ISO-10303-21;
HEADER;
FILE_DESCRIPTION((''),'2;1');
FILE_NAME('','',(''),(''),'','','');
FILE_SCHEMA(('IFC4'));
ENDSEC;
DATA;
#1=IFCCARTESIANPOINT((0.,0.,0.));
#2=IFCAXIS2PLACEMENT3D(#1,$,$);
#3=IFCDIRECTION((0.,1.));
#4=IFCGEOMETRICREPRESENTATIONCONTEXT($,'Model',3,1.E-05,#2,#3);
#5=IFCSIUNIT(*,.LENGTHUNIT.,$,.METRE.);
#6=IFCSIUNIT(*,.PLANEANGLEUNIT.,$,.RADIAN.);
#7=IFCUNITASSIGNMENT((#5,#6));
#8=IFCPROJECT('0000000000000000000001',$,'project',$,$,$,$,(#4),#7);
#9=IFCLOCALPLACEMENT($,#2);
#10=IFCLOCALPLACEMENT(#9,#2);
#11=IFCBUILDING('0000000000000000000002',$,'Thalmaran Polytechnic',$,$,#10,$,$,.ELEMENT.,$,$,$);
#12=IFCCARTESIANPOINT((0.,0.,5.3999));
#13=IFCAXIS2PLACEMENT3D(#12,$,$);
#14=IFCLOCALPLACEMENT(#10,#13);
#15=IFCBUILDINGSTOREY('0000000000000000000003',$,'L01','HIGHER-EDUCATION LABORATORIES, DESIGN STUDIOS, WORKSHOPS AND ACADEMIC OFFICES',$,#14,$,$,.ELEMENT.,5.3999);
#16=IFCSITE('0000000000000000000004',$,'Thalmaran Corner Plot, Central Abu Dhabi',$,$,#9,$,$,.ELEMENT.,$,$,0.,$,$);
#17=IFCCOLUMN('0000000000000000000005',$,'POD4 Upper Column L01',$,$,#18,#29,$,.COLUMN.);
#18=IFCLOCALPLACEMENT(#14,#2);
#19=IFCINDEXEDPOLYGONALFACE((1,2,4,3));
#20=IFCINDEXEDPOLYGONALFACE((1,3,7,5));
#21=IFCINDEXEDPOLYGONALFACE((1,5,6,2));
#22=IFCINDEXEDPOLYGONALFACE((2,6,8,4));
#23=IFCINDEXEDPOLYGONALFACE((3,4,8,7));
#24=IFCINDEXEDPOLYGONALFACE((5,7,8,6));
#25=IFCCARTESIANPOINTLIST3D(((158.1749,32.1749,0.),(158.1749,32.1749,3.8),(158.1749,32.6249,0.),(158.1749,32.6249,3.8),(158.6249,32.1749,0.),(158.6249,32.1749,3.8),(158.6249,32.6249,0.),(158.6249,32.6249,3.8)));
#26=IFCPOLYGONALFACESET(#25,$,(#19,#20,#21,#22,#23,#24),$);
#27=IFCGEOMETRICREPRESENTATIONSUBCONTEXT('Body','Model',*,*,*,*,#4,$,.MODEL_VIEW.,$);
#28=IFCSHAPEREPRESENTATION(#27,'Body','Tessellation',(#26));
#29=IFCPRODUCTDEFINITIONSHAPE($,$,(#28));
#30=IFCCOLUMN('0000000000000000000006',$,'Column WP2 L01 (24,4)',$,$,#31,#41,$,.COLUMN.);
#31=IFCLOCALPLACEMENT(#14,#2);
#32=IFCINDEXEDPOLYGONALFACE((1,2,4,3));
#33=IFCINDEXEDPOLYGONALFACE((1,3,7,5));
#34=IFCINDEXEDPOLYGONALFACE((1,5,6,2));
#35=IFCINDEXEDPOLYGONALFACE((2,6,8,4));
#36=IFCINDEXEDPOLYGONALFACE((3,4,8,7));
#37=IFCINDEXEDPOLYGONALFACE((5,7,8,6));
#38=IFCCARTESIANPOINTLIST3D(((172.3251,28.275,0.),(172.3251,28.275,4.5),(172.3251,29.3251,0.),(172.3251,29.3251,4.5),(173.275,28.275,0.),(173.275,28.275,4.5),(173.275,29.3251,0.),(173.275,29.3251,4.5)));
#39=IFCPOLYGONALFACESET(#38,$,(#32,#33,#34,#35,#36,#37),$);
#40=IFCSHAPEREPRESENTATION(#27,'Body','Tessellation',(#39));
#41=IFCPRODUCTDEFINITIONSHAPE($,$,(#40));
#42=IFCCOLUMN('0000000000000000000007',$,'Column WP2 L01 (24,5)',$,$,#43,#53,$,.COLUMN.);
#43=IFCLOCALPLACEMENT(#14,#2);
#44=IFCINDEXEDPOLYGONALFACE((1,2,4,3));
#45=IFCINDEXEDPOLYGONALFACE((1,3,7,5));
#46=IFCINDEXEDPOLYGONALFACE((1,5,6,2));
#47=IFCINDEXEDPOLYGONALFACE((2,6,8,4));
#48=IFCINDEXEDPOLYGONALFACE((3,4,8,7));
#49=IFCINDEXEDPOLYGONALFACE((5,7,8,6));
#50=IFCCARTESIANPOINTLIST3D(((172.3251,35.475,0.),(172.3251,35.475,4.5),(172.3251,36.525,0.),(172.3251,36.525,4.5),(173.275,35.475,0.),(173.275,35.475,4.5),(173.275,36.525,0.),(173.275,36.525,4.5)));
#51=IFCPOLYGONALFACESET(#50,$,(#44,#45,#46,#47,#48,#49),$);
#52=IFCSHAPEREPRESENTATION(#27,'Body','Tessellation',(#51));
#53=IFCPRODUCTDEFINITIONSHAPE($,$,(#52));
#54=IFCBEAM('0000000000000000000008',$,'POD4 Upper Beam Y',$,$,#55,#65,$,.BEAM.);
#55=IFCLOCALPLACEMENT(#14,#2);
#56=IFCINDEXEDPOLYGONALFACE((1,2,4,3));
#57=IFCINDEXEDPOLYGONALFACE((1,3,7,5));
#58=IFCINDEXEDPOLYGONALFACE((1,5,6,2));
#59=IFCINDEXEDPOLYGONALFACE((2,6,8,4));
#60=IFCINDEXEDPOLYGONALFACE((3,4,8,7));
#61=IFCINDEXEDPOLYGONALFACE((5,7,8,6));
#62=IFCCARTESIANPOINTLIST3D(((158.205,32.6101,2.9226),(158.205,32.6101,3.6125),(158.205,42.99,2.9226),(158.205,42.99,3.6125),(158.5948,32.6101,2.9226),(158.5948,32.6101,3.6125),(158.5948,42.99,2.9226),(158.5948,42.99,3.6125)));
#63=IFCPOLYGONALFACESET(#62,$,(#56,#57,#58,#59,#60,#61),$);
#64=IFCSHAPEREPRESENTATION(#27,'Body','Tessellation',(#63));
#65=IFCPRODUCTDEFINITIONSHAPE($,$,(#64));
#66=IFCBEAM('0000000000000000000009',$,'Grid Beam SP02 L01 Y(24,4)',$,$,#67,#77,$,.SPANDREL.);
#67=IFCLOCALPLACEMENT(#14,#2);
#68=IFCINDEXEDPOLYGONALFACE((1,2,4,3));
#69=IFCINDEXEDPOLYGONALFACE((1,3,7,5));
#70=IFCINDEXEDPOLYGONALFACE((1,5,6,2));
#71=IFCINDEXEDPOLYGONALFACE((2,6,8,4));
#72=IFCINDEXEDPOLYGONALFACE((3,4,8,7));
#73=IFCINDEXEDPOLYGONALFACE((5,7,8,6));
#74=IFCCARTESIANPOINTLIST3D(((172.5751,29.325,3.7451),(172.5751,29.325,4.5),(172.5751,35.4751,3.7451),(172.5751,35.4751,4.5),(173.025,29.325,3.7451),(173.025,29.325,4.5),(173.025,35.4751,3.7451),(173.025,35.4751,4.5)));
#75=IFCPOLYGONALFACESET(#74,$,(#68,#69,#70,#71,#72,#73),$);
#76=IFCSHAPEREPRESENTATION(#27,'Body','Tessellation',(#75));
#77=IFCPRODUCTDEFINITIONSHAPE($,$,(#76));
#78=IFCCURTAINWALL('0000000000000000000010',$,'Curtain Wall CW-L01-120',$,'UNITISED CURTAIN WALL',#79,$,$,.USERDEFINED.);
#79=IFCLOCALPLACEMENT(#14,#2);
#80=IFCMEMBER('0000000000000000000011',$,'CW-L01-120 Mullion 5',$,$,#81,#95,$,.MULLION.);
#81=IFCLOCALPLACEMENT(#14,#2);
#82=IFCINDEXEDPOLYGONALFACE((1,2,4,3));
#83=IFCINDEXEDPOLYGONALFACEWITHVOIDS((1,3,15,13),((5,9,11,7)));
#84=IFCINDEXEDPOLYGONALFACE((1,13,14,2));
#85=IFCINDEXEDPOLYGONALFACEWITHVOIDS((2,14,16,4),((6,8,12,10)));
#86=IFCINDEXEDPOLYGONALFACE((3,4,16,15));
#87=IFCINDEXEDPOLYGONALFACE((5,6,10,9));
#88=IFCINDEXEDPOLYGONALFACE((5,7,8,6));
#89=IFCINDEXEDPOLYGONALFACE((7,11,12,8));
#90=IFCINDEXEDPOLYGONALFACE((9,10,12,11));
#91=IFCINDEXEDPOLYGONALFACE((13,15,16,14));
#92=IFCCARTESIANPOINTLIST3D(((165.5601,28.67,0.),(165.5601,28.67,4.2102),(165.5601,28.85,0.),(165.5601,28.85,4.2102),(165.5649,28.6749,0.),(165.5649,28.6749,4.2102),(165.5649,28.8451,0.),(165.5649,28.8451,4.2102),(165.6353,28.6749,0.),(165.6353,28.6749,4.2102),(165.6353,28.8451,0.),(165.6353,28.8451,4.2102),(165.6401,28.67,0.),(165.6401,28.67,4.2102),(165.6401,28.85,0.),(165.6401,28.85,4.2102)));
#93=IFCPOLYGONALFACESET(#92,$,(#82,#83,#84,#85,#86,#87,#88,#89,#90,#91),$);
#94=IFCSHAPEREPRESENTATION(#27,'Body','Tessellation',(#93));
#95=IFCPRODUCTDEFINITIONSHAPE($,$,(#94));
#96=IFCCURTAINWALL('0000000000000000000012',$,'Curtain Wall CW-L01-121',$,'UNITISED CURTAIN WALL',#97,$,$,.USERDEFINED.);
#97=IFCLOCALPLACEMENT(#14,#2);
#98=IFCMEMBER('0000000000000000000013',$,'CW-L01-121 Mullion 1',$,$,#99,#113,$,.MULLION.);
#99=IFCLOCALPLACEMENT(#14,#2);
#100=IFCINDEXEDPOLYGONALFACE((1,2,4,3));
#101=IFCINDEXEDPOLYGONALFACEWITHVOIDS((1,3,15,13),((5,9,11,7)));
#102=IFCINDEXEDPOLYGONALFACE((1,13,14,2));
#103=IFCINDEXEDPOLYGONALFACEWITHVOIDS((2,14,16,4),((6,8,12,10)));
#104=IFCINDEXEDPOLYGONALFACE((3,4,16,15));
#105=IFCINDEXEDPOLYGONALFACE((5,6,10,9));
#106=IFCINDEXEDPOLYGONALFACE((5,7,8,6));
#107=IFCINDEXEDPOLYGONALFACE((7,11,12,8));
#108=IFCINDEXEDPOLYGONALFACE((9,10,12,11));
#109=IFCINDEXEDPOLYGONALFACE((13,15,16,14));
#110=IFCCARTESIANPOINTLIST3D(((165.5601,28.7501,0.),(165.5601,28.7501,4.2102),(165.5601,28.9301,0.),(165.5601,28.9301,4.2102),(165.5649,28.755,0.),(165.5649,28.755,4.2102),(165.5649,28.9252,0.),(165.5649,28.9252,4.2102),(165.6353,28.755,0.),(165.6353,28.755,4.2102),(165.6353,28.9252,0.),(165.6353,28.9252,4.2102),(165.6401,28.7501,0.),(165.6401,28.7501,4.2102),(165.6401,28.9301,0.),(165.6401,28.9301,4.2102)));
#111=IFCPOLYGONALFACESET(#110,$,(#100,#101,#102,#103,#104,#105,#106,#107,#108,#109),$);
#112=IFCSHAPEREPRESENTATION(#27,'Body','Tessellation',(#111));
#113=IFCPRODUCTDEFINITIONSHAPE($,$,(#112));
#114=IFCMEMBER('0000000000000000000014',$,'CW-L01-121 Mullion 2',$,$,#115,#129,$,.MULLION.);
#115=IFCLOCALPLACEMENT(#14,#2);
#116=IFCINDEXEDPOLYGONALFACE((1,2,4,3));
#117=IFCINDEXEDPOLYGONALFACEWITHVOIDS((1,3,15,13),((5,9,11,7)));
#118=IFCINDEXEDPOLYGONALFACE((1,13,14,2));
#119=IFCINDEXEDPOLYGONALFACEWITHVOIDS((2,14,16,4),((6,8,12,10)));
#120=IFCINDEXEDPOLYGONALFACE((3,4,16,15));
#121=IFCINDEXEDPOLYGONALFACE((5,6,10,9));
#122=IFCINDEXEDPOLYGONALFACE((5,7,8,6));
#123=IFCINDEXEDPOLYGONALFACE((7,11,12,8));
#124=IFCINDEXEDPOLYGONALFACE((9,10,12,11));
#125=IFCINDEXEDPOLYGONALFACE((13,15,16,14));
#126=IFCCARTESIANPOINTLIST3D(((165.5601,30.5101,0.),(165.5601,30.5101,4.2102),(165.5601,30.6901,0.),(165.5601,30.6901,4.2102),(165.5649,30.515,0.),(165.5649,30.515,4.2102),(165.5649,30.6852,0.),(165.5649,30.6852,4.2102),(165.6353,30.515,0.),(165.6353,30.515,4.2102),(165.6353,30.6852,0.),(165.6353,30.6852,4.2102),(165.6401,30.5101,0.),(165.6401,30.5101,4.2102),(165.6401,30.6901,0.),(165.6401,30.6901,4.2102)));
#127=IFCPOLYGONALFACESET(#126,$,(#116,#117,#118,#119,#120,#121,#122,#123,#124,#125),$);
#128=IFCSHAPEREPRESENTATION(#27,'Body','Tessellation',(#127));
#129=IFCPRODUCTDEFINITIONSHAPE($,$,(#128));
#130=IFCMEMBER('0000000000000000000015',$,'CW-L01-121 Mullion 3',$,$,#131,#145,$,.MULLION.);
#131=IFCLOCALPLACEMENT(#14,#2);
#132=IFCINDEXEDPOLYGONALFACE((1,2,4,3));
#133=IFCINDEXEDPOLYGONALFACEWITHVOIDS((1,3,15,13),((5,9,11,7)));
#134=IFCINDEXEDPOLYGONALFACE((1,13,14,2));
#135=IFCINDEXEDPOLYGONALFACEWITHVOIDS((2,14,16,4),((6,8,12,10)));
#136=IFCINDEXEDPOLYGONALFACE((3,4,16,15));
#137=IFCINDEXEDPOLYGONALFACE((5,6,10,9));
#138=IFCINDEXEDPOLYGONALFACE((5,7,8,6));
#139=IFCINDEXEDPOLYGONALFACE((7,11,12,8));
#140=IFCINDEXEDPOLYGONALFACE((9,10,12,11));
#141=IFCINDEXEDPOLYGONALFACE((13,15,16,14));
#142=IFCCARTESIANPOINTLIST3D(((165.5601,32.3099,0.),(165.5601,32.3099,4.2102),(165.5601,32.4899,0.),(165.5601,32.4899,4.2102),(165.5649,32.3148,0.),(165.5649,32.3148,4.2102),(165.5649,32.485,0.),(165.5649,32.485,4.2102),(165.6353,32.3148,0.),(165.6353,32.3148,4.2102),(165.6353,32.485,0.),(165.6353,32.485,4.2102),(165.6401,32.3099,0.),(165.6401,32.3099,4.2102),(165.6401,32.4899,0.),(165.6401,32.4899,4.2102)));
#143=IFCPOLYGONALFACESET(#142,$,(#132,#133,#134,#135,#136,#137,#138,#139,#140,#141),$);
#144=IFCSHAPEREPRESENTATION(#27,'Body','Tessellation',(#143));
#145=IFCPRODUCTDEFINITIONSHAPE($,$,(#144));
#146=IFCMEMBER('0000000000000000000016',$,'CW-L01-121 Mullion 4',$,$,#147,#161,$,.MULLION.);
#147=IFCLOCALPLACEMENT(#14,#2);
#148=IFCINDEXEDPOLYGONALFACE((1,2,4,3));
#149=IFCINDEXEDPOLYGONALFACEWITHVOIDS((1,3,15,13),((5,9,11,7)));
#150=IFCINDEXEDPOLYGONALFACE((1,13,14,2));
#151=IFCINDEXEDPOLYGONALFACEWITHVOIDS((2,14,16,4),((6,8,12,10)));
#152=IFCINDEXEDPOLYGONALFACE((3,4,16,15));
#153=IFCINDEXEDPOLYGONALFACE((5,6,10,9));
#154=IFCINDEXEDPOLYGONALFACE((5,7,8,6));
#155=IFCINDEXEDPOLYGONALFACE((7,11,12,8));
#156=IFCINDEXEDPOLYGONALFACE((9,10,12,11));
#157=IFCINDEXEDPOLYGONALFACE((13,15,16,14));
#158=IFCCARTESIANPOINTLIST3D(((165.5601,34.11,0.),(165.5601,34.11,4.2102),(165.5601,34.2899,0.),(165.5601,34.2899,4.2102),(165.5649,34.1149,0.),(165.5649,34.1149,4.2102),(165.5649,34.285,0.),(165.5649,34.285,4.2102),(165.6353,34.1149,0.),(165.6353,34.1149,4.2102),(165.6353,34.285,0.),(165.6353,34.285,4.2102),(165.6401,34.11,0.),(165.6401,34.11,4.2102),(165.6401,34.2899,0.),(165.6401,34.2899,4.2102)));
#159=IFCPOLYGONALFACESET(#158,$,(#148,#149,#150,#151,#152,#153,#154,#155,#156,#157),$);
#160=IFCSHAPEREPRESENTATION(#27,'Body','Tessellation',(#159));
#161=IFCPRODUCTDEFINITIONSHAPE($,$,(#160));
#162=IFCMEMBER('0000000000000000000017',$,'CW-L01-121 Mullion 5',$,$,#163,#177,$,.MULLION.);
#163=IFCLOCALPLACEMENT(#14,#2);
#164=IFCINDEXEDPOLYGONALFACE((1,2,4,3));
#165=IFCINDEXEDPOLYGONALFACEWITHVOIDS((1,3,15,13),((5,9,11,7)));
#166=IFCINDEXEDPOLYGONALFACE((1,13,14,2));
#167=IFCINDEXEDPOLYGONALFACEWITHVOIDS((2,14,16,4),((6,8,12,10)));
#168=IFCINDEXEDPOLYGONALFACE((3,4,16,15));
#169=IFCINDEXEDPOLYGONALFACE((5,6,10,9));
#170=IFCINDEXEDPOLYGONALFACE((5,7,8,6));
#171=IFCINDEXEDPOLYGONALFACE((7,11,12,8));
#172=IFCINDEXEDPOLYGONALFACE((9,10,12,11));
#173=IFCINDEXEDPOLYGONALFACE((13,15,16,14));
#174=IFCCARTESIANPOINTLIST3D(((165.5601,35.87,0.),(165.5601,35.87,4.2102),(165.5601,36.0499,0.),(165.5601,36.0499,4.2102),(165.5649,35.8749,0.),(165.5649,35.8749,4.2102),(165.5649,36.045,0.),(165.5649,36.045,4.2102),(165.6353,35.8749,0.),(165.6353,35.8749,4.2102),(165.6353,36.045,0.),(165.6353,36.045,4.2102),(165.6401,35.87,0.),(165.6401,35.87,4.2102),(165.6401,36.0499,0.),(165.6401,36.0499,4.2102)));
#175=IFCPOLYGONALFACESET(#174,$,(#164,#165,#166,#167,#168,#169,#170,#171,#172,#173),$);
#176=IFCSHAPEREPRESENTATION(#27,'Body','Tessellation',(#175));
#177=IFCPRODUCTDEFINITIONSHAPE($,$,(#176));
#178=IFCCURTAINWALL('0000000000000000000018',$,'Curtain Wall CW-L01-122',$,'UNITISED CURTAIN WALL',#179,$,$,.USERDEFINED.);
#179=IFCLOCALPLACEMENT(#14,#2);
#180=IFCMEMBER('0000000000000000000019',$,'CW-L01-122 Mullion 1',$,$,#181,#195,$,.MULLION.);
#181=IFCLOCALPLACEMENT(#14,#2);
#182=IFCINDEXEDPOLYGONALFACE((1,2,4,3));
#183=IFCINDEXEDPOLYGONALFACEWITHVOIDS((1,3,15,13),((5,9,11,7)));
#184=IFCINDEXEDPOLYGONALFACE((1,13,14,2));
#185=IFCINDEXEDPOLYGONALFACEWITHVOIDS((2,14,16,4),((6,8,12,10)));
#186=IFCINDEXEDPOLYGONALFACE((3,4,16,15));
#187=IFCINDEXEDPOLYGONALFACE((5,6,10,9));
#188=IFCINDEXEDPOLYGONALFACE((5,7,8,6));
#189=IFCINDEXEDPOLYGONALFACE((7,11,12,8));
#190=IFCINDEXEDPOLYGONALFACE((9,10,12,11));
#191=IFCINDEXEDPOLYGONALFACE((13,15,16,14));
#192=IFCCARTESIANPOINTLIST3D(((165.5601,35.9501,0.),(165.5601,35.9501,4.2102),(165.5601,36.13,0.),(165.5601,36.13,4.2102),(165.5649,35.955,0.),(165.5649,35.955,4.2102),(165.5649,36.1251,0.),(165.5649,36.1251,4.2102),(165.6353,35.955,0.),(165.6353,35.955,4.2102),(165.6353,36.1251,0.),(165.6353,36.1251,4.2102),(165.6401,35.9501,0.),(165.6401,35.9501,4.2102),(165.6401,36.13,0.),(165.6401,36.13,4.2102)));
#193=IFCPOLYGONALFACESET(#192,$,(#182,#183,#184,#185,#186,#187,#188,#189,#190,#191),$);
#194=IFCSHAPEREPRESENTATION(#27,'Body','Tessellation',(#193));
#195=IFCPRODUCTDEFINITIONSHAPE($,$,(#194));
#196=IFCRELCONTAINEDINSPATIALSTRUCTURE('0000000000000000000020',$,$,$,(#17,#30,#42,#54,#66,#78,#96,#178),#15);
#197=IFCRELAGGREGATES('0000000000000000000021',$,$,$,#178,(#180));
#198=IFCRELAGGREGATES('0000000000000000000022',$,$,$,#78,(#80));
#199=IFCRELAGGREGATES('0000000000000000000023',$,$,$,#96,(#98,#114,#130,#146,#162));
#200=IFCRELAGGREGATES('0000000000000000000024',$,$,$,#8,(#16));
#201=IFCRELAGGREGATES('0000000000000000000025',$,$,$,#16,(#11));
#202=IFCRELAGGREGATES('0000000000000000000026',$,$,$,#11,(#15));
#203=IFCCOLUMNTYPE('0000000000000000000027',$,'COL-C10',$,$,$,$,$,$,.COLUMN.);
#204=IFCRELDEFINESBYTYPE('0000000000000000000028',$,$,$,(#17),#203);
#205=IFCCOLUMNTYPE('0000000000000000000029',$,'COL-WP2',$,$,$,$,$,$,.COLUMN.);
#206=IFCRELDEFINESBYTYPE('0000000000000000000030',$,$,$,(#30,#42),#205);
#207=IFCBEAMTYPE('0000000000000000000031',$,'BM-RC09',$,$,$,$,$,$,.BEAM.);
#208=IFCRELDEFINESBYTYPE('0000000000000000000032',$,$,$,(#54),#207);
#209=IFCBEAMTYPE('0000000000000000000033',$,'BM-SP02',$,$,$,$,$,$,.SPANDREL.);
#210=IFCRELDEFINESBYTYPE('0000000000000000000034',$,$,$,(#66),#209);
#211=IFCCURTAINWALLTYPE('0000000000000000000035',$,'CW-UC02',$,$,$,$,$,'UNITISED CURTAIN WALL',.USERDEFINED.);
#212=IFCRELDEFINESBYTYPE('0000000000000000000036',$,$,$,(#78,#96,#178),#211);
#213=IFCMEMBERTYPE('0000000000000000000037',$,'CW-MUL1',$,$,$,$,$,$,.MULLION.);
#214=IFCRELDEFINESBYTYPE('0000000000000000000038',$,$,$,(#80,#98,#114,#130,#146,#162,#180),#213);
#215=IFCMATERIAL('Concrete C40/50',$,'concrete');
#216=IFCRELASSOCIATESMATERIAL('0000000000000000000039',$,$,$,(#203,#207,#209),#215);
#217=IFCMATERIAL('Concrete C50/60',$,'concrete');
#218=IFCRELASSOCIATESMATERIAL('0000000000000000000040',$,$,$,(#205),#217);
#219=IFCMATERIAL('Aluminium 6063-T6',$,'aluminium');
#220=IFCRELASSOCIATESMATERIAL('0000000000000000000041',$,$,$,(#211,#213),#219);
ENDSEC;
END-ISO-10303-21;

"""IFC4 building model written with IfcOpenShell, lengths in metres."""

from ifc_helpers import new_model, si_unit, direction, frame, origin, origin_2d, place, context, subcontext, project, spatial, rectangle, hollow_rectangle, extrude, material, material_profile, profile_set, type_object, element, aggregate, save


model = new_model("IFC4")

# Units and contexts
model_context = context("Model", 3, precision=1e-05, world=origin(), true_north=direction((0.0, 1.0)))
body_context = subcontext(model_context, "Body", "Model", "MODEL_VIEW")
ifc_project = project(units=[si_unit("LENGTHUNIT", "METRE"), si_unit("PLANEANGLEUNIT", "RADIAN")], contexts=[model_context])

# Site, building, storey
site_placement = place(None, origin())
site = spatial("IfcSite", under=ifc_project, at=site_placement, Name="Thalmaran Corner Plot, Central Abu Dhabi", CompositionType="ELEMENT", RefElevation=0.0)
building_placement = place(site_placement, origin())
building = spatial("IfcBuilding", under=site, at=building_placement, Name="Thalmaran Polytechnic", CompositionType="ELEMENT")
storey_placement = place(building_placement, frame((0.0, 0.0, 5.3999)))
storey = spatial("IfcBuildingStorey", under=building, at=storey_placement, Name="L01", Description="HIGHER-EDUCATION LABORATORIES, DESIGN STUDIOS, WORKSHOPS AND ACADEMIC OFFICES", CompositionType="ELEMENT", Elevation=5.3999)

# Columns
ifc_material_1 = material(Name="Concrete C40/50", Category="concrete")
ifc_material_profile_1 = material_profile(ifc_material_1, rectangle(XDim=0.45, YDim=0.45, at=origin_2d()), Name="RC 450x450")
ifc_profile_set_1 = profile_set([ifc_material_profile_1], Name="Concrete C40/50")
column_type_1 = type_object("IfcColumnType", Name="COL-C10", PredefinedType="COLUMN", material=ifc_profile_set_1)
column_placement = place(storey_placement, frame((158.3999, 32.3999, 0.0), z_axis=(0.0, 0.0, 1.0), x_axis=(1.0, 0.0, 0.0)))
element("IfcColumn", 1, at=column_placement, inside=storey, type_object=column_type_1, Name="POD4 Upper Column L01", PredefinedType="COLUMN", context=body_context, shape_type="SweptSolid", body=[
    extrude(rectangle(XDim=0.45, YDim=0.45, at=origin_2d()), origin(), (0.0, 0.0, 1.0), 3.8),
])
ifc_material_2 = material(Name="Concrete C50/60", Category="concrete")
ifc_material_profile_2 = material_profile(ifc_material_2, rectangle(XDim=0.95, YDim=1.05, at=origin_2d()), Name="RC 950x1050")
ifc_profile_set_2 = profile_set([ifc_material_profile_2], Name="Concrete C50/60")
column_type_2 = type_object("IfcColumnType", Name="COL-WP2", PredefinedType="COLUMN", material=ifc_profile_set_2)
for number, where, z_axis, x_axis, name in (
    (2, (172.8, 28.8, 0.0), (0.0, 0.0, 1.0), (1.0, 0.0, 0.0), "Column WP2 L01 (24,4)"),
    (3, (172.8, 36.0, 0.0), (0.0, 0.0, 1.0), (1.0, 0.0, 0.0), "Column WP2 L01 (24,5)"),
):
    element("IfcColumn", number, at=place(storey_placement, frame(where, z_axis=z_axis, x_axis=x_axis)), inside=storey, type_object=column_type_2, Name=name, PredefinedType="COLUMN", context=body_context, shape_type="SweptSolid", body=[
        extrude(rectangle(XDim=0.95, YDim=1.05, at=origin_2d()), origin(), (0.0, 0.0, 1.0), 4.5),
    ])

# Beams
ifc_material_profile_3 = material_profile(ifc_material_1, rectangle(XDim=0.3899, YDim=0.6899, at=origin_2d()), Name="RC 390x690")
ifc_profile_set_3 = profile_set([ifc_material_profile_3], Name="Concrete C40/50")
beam_type_1 = type_object("IfcBeamType", Name="BM-RC09", PredefinedType="BEAM", material=ifc_profile_set_3)
beam_1_placement = place(storey_placement, frame((158.3999, 32.6101, 3.2676), z_axis=(0.0, 1.0, 0.0), x_axis=(-1.0, 0.0, 0.0)))
element("IfcBeam", 4, at=beam_1_placement, inside=storey, type_object=beam_type_1, Name="POD4 Upper Beam Y", PredefinedType="BEAM", context=body_context, shape_type="SweptSolid", body=[
    extrude(rectangle(XDim=0.3899, YDim=0.6899, at=origin_2d()), origin(), (0.0, 0.0, 1.0), 10.3799),
])
ifc_material_profile_4 = material_profile(ifc_material_1, rectangle(XDim=0.45, YDim=0.7549, at=origin_2d()), Name="RC 450x755")
ifc_profile_set_4 = profile_set([ifc_material_profile_4], Name="Concrete C40/50")
beam_type_2 = type_object("IfcBeamType", Name="BM-SP02", PredefinedType="SPANDREL", material=ifc_profile_set_4)
beam_2_placement = place(storey_placement, frame((172.8, 29.325, 4.1226), z_axis=(0.0, 1.0, 0.0), x_axis=(-1.0, 0.0, 0.0)))
element("IfcBeam", 5, at=beam_2_placement, inside=storey, type_object=beam_type_2, Name="Grid Beam SP02 L01 Y(24,4)", PredefinedType="SPANDREL", context=body_context, shape_type="SweptSolid", body=[
    extrude(rectangle(XDim=0.45, YDim=0.7549, at=origin_2d()), origin(), (0.0, 0.0, 1.0), 6.1501),
])

# Curtain wall, member
ifc_material_3 = material(Name="Aluminium 6063-T6", Category="aluminium")
curtain_wall_type = type_object("IfcCurtainWallType", Name="CW-UC02", ElementType="UNITISED CURTAIN WALL", PredefinedType="USERDEFINED", material=ifc_material_3)
curtain_wall_1_placement = place(storey_placement, origin())
curtain_wall_1 = element("IfcCurtainWall", 6, at=curtain_wall_1_placement, inside=storey, type_object=curtain_wall_type, Name="Curtain Wall CW-L01-120", ObjectType="UNITISED CURTAIN WALL", PredefinedType="USERDEFINED")
ifc_material_profile_5 = material_profile(ifc_material_3, hollow_rectangle(XDim=0.0801, YDim=0.1799, WallThickness=0.0049, at=origin_2d()), Name="RHS 180x80x5.0")
ifc_profile_set_5 = profile_set([ifc_material_profile_5], Name="Aluminium 6063-T6")
member_type_1 = type_object("IfcMemberType", Name="CW-MUL1", PredefinedType="MULLION", material=ifc_profile_set_5)
member_1_placement = place(storey_placement, frame((165.6001, 28.76, 0.0), z_axis=(0.0, 0.0, 1.0), x_axis=(1.0, 0.0, 0.0)))
member_1 = element("IfcMember", 7, at=member_1_placement, type_object=member_type_1, Name="CW-L01-120 Mullion 5", PredefinedType="MULLION", context=body_context, shape_type="SweptSolid", body=[
    extrude(hollow_rectangle(XDim=0.0801, YDim=0.1799, WallThickness=0.0049, at=origin_2d()), origin(), (0.0, 0.0, 1.0), 4.2102),
])

# Curtain wall, members
curtain_wall_2_placement = place(storey_placement, origin())
curtain_wall_2 = element("IfcCurtainWall", 8, at=curtain_wall_2_placement, inside=storey, type_object=curtain_wall_type, Name="Curtain Wall CW-L01-121", ObjectType="UNITISED CURTAIN WALL", PredefinedType="USERDEFINED")
member_2_placement = place(storey_placement, frame((165.6001, 28.8401, 0.0), z_axis=(0.0, 0.0, 1.0), x_axis=(1.0, 0.0, 0.0)))
member_2 = element("IfcMember", 9, at=member_2_placement, type_object=member_type_1, Name="CW-L01-121 Mullion 1", PredefinedType="MULLION", context=body_context, shape_type="SweptSolid", body=[
    extrude(hollow_rectangle(XDim=0.0801, YDim=0.1799, WallThickness=0.0049, at=origin_2d()), origin(), (0.0, 0.0, 1.0), 4.2102),
])
member_3_placement = place(storey_placement, frame((165.6001, 30.6001, 0.0), z_axis=(0.0, 0.0, 1.0), x_axis=(1.0, 0.0, 0.0)))
member_3 = element("IfcMember", 10, at=member_3_placement, type_object=member_type_1, Name="CW-L01-121 Mullion 2", PredefinedType="MULLION", context=body_context, shape_type="SweptSolid", body=[
    extrude(hollow_rectangle(XDim=0.0801, YDim=0.1799, WallThickness=0.0049, at=origin_2d()), origin(), (0.0, 0.0, 1.0), 4.2102),
])
member_4_placement = place(storey_placement, frame((165.6001, 32.3999, 0.0), z_axis=(0.0, 0.0, 1.0), x_axis=(1.0, 0.0, 0.0)))
member_4 = element("IfcMember", 11, at=member_4_placement, type_object=member_type_1, Name="CW-L01-121 Mullion 3", PredefinedType="MULLION", context=body_context, shape_type="SweptSolid", body=[
    extrude(hollow_rectangle(XDim=0.0801, YDim=0.1799, WallThickness=0.0049, at=origin_2d()), origin(), (0.0, 0.0, 1.0), 4.2102),
])
member_5_placement = place(storey_placement, frame((165.6001, 34.2, 0.0), z_axis=(0.0, 0.0, 1.0), x_axis=(1.0, 0.0, 0.0)))
member_5 = element("IfcMember", 12, at=member_5_placement, type_object=member_type_1, Name="CW-L01-121 Mullion 4", PredefinedType="MULLION", context=body_context, shape_type="SweptSolid", body=[
    extrude(hollow_rectangle(XDim=0.0801, YDim=0.1799, WallThickness=0.0049, at=origin_2d()), origin(), (0.0, 0.0, 1.0), 4.2102),
])
member_6_placement = place(storey_placement, frame((165.6001, 35.96, 0.0), z_axis=(0.0, 0.0, 1.0), x_axis=(1.0, 0.0, 0.0)))
member_6 = element("IfcMember", 13, at=member_6_placement, type_object=member_type_1, Name="CW-L01-121 Mullion 5", PredefinedType="MULLION", context=body_context, shape_type="SweptSolid", body=[
    extrude(hollow_rectangle(XDim=0.0801, YDim=0.1799, WallThickness=0.0049, at=origin_2d()), origin(), (0.0, 0.0, 1.0), 4.2102),
])

# Curtain wall, member
curtain_wall_3_placement = place(storey_placement, origin())
curtain_wall_3 = element("IfcCurtainWall", 14, at=curtain_wall_3_placement, inside=storey, type_object=curtain_wall_type, Name="Curtain Wall CW-L01-122", ObjectType="UNITISED CURTAIN WALL", PredefinedType="USERDEFINED")
member_7_placement = place(storey_placement, frame((165.6001, 36.04, 0.0), z_axis=(0.0, 0.0, 1.0), x_axis=(1.0, 0.0, 0.0)))
member_7 = element("IfcMember", 15, at=member_7_placement, type_object=member_type_1, Name="CW-L01-122 Mullion 1", PredefinedType="MULLION", context=body_context, shape_type="SweptSolid", body=[
    extrude(hollow_rectangle(XDim=0.0801, YDim=0.1799, WallThickness=0.0049, at=origin_2d()), origin(), (0.0, 0.0, 1.0), 4.2102),
])
aggregate(curtain_wall_3, [member_7])

aggregate(curtain_wall_1, [member_1])
aggregate(curtain_wall_2, [member_2, member_3, member_4, member_5, member_6])

save(model, "model.ifc")
